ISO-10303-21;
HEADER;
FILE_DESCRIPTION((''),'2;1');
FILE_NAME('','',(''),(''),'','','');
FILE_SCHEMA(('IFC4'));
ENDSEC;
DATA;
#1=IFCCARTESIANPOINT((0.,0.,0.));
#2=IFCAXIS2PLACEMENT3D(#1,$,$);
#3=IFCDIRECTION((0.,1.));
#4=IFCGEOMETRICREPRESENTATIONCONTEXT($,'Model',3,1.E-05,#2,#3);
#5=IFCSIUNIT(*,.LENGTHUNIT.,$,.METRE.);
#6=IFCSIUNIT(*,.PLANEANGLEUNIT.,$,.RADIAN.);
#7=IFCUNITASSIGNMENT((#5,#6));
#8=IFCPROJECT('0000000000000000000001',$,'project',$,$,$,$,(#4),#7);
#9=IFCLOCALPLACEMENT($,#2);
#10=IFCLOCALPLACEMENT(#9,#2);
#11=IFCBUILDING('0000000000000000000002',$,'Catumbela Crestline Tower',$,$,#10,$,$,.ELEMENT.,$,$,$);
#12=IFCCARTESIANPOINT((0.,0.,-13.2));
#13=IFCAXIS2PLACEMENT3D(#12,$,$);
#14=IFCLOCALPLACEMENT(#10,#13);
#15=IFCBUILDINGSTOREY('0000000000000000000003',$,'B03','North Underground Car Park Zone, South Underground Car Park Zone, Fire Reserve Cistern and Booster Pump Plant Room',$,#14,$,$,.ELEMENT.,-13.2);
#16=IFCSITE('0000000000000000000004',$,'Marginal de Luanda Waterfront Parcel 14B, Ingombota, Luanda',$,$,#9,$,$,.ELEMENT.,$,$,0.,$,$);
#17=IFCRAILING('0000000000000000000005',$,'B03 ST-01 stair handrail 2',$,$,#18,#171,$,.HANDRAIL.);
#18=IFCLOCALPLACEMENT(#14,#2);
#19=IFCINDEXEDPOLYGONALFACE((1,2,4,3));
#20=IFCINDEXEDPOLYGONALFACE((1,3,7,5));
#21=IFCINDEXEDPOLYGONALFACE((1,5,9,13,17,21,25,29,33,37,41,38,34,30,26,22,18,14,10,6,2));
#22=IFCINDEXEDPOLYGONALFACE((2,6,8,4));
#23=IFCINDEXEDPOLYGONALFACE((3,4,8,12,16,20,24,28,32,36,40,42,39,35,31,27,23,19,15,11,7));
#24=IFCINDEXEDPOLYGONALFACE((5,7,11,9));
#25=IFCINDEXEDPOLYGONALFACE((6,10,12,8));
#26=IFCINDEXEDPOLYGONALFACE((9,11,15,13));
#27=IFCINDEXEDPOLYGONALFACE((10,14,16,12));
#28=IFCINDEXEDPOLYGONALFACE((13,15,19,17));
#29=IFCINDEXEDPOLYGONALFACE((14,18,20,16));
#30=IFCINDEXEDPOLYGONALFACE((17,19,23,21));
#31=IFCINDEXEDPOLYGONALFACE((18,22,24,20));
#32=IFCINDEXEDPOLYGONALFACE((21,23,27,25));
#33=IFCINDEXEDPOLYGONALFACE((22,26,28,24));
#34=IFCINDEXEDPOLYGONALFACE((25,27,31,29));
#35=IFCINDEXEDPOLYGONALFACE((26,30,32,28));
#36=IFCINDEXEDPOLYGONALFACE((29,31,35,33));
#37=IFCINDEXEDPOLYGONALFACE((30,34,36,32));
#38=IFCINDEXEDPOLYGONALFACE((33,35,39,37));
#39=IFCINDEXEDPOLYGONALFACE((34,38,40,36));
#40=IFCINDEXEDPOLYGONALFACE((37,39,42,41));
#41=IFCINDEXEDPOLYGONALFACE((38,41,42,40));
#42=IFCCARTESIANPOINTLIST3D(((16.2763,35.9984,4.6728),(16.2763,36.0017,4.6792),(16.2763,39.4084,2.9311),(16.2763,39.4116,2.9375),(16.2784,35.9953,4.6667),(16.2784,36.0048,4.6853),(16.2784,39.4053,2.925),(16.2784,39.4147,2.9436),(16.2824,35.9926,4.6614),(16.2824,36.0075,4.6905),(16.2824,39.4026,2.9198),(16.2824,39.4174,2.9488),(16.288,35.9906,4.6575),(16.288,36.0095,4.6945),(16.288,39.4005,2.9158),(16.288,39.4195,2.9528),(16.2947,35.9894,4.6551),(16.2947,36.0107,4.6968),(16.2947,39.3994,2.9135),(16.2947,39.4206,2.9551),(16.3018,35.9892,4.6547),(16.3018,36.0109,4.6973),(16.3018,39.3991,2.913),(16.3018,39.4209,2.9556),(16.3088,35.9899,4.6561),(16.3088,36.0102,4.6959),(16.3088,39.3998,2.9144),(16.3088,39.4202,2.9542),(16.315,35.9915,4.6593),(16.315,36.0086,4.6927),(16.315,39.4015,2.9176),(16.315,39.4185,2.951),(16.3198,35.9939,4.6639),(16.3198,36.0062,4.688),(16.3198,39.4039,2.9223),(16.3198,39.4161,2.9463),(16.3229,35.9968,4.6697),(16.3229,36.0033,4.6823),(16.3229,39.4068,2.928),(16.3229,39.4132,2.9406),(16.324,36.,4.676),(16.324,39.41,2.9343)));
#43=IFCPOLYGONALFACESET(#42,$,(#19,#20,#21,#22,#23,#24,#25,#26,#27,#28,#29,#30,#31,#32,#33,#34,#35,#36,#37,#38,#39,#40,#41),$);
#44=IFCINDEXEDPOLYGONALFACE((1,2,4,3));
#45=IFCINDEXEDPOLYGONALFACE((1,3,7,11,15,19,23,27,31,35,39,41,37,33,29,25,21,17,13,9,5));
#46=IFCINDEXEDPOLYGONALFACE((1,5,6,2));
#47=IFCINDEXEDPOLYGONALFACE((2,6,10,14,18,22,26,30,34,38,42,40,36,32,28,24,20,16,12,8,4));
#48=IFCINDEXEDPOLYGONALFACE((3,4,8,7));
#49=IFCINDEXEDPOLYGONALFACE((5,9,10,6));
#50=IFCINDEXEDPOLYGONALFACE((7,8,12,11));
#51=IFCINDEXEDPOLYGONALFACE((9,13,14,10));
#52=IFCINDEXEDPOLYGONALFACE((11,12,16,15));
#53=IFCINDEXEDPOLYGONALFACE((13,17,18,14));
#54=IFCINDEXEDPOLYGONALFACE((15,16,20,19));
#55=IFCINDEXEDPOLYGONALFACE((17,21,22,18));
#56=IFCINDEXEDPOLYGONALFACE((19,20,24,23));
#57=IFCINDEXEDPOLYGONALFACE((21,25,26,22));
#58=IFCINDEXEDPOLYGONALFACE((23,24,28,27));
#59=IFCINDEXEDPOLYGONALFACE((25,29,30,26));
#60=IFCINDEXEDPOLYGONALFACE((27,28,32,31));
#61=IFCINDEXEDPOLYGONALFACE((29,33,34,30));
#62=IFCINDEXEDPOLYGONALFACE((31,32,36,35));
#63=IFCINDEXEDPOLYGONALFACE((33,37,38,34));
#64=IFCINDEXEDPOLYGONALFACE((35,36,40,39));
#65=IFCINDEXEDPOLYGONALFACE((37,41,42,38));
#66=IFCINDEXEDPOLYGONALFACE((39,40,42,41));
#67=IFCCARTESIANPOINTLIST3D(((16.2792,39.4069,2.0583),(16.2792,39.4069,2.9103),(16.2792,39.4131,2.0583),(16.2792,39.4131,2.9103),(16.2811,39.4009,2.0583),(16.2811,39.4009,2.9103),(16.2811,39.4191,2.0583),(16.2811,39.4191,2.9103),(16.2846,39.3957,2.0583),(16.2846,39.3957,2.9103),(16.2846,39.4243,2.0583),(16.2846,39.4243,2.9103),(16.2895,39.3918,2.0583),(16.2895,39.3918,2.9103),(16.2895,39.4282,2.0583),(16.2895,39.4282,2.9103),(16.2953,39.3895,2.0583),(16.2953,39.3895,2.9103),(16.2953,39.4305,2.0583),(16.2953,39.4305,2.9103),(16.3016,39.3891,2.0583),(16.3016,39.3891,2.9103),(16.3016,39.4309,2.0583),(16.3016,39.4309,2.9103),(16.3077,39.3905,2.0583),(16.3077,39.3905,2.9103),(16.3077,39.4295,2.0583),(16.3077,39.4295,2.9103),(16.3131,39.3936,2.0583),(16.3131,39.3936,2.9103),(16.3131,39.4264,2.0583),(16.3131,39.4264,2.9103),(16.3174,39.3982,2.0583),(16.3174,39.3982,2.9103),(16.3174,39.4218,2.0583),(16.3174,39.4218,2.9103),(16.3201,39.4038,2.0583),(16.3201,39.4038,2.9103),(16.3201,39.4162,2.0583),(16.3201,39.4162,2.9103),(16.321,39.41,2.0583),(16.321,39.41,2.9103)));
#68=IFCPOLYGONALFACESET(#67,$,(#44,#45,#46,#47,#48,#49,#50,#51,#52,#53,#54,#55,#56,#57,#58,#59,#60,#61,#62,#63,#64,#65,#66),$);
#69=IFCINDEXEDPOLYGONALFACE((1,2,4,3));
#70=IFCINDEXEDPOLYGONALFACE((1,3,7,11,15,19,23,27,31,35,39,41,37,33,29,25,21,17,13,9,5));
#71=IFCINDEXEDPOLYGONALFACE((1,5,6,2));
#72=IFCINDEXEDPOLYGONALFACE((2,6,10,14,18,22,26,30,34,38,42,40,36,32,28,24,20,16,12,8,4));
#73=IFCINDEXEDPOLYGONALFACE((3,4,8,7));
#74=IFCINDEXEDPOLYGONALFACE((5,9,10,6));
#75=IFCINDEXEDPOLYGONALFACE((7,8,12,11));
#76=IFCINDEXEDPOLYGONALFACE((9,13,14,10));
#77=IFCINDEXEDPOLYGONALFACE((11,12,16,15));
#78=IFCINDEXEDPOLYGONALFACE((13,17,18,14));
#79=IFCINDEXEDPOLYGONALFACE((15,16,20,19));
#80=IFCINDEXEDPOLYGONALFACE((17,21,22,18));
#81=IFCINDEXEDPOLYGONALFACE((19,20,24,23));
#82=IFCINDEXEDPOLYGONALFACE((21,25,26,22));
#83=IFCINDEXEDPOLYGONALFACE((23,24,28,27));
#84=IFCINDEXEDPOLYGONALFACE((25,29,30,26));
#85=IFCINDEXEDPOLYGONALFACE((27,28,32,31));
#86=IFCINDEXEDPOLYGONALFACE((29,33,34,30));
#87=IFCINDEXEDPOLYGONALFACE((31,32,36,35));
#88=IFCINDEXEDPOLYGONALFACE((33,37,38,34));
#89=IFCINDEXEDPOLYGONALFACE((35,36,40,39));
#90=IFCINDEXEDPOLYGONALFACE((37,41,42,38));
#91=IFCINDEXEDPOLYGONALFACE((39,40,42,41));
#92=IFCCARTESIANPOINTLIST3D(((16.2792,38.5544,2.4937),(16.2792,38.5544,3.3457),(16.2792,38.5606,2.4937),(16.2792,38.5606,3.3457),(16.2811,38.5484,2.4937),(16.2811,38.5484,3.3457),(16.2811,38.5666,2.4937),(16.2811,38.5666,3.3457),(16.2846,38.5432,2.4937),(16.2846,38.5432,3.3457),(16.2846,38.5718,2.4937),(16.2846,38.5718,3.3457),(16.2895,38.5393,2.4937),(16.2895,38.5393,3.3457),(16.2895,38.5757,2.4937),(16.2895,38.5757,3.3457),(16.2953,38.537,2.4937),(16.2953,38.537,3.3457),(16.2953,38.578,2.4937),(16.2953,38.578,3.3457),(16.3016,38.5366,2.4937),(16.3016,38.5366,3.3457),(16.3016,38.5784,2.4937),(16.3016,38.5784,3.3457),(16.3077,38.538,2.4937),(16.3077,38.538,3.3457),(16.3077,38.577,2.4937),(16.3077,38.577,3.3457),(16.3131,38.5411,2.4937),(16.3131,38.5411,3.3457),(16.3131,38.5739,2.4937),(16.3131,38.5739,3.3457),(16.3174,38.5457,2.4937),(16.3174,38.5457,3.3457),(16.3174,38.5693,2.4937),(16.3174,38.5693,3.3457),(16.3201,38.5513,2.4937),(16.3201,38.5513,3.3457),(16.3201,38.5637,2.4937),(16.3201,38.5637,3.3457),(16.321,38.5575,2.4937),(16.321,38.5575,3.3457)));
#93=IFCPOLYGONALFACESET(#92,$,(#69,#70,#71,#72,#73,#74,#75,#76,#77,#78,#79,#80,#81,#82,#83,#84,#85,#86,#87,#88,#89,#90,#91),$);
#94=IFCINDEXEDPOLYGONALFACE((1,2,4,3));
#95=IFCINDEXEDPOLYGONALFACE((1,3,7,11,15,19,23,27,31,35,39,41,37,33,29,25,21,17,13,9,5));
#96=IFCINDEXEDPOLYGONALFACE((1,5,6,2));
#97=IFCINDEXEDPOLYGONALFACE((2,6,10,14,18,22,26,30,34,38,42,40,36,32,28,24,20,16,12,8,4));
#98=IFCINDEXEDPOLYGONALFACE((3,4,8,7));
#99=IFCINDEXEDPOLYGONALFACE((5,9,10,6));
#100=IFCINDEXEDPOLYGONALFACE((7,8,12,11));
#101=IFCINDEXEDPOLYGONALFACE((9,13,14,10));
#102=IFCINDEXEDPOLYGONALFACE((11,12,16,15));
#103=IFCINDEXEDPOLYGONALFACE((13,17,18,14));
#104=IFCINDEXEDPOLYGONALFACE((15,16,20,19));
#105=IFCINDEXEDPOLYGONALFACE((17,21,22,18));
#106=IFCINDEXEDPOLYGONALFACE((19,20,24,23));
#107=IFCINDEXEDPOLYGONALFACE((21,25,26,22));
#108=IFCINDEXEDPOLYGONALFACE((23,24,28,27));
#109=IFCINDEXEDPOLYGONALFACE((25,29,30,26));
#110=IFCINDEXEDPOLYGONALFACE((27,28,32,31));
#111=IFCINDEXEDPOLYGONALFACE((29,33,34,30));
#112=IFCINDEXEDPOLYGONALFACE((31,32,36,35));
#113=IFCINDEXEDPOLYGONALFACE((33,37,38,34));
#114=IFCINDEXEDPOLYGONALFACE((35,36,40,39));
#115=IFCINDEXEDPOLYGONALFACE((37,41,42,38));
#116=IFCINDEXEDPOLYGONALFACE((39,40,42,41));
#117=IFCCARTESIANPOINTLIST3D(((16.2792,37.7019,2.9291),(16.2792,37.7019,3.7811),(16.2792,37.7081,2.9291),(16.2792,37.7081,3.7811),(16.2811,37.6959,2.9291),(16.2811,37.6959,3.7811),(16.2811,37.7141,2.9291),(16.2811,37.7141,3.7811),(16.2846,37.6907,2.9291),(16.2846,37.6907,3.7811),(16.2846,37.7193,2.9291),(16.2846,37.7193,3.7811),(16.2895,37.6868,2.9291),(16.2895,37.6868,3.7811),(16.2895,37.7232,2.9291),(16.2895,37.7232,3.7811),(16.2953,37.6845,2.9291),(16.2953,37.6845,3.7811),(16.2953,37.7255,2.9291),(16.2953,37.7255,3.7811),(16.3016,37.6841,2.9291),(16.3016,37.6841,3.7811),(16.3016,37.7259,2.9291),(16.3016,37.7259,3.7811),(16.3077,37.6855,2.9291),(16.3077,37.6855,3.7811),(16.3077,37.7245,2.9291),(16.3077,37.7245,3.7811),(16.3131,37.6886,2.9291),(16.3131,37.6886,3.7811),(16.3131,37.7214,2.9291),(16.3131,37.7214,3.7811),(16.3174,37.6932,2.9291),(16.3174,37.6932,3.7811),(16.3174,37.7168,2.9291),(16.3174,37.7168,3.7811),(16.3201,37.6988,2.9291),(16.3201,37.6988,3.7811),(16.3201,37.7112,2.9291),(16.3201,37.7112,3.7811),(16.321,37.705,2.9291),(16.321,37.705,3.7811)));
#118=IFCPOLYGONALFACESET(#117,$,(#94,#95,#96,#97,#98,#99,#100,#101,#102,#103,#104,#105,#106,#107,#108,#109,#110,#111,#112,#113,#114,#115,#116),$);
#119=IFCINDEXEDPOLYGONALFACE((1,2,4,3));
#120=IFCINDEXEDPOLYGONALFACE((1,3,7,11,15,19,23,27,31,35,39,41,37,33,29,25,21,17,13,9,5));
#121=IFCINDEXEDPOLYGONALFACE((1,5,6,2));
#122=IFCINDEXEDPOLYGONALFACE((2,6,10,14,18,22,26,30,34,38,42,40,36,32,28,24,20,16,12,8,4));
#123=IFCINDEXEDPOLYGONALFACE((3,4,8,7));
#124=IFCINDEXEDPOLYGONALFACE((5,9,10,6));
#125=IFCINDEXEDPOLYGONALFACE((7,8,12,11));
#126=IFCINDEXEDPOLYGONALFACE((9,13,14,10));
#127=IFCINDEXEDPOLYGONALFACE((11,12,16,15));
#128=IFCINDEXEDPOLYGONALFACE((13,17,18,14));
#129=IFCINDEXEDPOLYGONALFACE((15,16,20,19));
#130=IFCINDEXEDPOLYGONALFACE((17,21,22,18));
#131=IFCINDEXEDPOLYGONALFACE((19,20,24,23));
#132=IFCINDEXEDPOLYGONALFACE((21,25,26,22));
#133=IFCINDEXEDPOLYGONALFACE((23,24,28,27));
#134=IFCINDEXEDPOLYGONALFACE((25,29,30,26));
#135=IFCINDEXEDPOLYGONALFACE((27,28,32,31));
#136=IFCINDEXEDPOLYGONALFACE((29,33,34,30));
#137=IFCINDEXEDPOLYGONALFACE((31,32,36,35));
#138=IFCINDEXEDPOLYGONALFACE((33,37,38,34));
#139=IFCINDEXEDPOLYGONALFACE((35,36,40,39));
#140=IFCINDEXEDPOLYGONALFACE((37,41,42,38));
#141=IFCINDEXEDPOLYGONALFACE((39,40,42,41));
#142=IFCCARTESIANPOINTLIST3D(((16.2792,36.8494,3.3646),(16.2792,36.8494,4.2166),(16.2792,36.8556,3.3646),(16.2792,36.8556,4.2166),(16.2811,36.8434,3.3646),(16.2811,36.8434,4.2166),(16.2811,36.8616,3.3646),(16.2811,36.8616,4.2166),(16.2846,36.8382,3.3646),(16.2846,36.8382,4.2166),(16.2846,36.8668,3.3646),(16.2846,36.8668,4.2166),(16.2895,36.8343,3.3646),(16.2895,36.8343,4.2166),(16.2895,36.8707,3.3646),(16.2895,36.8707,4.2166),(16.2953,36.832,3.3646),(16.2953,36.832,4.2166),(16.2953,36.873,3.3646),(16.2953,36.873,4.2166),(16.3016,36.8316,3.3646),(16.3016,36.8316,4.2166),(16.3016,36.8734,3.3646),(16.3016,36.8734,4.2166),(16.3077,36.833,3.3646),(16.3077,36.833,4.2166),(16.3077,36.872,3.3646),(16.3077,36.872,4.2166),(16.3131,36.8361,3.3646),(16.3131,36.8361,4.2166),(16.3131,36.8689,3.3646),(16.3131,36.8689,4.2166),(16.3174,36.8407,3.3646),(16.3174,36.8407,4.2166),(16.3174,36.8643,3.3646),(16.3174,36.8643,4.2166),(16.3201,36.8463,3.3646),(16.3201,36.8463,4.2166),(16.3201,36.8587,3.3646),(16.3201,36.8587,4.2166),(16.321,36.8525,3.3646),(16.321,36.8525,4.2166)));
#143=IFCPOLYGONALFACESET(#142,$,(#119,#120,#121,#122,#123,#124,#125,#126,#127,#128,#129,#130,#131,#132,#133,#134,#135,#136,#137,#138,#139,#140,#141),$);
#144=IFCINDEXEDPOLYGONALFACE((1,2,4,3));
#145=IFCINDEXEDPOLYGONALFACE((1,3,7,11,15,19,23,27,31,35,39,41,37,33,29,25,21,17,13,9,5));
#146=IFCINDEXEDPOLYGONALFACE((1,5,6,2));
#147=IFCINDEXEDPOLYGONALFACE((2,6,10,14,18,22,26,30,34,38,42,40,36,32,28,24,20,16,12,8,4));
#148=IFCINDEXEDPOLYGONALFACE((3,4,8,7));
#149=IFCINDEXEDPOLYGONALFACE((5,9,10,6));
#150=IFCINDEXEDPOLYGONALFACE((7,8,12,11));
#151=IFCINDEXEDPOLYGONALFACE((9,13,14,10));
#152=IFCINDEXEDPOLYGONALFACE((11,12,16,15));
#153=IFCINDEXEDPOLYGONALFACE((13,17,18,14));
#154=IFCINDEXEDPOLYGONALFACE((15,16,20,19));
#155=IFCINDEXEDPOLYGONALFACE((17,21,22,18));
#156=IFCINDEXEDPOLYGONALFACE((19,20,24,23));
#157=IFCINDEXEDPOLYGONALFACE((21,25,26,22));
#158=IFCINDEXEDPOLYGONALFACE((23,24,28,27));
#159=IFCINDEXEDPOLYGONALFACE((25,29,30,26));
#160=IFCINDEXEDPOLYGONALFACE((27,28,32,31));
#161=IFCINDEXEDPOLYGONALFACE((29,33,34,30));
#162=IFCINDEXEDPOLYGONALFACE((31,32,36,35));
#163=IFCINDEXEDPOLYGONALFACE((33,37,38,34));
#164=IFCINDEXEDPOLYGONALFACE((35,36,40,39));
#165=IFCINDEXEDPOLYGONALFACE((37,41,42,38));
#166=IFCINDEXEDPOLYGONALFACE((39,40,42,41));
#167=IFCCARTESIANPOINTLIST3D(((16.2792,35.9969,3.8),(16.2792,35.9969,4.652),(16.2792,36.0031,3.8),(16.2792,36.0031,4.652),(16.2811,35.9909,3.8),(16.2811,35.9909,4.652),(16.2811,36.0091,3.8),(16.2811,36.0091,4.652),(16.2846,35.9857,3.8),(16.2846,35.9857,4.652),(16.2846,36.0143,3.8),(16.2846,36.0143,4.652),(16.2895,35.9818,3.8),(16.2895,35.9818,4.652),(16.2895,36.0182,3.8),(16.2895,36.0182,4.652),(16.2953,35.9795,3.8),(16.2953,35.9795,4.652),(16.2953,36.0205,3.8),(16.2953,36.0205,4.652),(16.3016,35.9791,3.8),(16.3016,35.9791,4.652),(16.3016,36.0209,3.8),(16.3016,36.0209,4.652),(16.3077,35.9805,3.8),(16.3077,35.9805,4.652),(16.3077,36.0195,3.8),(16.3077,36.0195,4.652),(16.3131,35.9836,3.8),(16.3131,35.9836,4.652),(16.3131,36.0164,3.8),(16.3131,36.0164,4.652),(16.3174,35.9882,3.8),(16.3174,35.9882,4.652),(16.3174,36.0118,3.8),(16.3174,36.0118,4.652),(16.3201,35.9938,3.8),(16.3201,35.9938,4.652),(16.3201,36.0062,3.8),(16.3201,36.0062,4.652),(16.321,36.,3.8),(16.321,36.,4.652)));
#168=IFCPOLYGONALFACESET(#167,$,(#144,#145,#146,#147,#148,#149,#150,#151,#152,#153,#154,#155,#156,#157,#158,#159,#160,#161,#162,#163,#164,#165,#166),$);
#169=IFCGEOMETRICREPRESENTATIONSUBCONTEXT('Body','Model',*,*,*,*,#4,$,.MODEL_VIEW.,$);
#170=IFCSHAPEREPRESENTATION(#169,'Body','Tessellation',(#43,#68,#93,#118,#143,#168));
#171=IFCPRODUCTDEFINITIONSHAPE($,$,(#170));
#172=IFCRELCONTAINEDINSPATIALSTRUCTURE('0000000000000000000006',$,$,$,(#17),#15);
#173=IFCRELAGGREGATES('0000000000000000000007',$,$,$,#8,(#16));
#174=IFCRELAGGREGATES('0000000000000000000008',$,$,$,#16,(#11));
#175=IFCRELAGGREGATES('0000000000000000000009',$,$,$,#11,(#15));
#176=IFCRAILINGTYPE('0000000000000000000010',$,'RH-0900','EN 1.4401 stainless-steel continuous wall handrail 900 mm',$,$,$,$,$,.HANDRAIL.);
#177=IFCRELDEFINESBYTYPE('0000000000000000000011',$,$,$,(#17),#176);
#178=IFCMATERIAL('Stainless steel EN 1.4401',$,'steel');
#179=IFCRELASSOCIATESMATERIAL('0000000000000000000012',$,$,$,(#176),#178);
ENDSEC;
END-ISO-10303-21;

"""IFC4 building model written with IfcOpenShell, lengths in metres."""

from ifc_helpers import new_model, si_unit, direction, frame, origin, origin_2d, place, context, subcontext, project, spatial, circle, extrude, material, type_object, element, save


model = new_model("IFC4")

# Units and contexts
model_context = context("Model", 3, precision=1e-05, world=origin(), true_north=direction((0.0, 1.0)))
body_context = subcontext(model_context, "Body", "Model", "MODEL_VIEW")
ifc_project = project(units=[si_unit("LENGTHUNIT", "METRE"), si_unit("PLANEANGLEUNIT", "RADIAN")], contexts=[model_context])

# Site, building, storey
site_placement = place(None, origin())
site = spatial("IfcSite", under=ifc_project, at=site_placement, Name="Marginal de Luanda Waterfront Parcel 14B, Ingombota, Luanda", CompositionType="ELEMENT", RefElevation=0.0)
building_placement = place(site_placement, origin())
building = spatial("IfcBuilding", under=site, at=building_placement, Name="Catumbela Crestline Tower", CompositionType="ELEMENT")
storey_placement = place(building_placement, frame((0.0, 0.0, -13.2)))
storey = spatial("IfcBuildingStorey", under=building, at=storey_placement, Name="B03", Description="North Underground Car Park Zone, South Underground Car Park Zone, Fire Reserve Cistern and Booster Pump Plant Room", CompositionType="ELEMENT", Elevation=-13.2)

# Shared definitions
ifc_material_1 = material(Name="Stainless steel EN 1.4401", Category="steel")

# Railing
railing_type_1 = type_object("IfcRailingType", Name="RH-0900", Description="EN 1.4401 stainless-steel continuous wall handrail 900 mm", PredefinedType="HANDRAIL", material=ifc_material_1)
railing_1_placement = place(storey_placement, frame((16.3, 39.41, 2.0583)))
element("IfcRailing", 1, at=railing_1_placement, inside=storey, type_object=railing_type_1, Name="B03 ST-01 stair handrail 2", PredefinedType="HANDRAIL", context=body_context, shape_type="SweptSolid", body=[
    extrude(circle(Radius=0.024, at=origin_2d()), frame((0.0, 0.0, 0.876), z_axis=(0.0, -0.89056, 0.454865), x_axis=(1.0, 0.0, 0.0)), (0.0, 0.0, 1.0), 3.829),
    extrude(circle(Radius=0.021, at=origin_2d()), origin(), (0.0, 0.0, 1.0), 0.852),
    extrude(circle(Radius=0.021, at=origin_2d()), frame((0.0, -0.8525, 0.4354)), (0.0, 0.0, 1.0), 0.852),
    extrude(circle(Radius=0.021, at=origin_2d()), frame((0.0, -1.705, 0.8708)), (0.0, 0.0, 1.0), 0.852),
    extrude(circle(Radius=0.021, at=origin_2d()), frame((0.0, -2.5575, 1.3063)), (0.0, 0.0, 1.0), 0.852),
    extrude(circle(Radius=0.021, at=origin_2d()), frame((0.0, -3.41, 1.7417)), (0.0, 0.0, 1.0), 0.852),
])

save(model, "model.ifc")
